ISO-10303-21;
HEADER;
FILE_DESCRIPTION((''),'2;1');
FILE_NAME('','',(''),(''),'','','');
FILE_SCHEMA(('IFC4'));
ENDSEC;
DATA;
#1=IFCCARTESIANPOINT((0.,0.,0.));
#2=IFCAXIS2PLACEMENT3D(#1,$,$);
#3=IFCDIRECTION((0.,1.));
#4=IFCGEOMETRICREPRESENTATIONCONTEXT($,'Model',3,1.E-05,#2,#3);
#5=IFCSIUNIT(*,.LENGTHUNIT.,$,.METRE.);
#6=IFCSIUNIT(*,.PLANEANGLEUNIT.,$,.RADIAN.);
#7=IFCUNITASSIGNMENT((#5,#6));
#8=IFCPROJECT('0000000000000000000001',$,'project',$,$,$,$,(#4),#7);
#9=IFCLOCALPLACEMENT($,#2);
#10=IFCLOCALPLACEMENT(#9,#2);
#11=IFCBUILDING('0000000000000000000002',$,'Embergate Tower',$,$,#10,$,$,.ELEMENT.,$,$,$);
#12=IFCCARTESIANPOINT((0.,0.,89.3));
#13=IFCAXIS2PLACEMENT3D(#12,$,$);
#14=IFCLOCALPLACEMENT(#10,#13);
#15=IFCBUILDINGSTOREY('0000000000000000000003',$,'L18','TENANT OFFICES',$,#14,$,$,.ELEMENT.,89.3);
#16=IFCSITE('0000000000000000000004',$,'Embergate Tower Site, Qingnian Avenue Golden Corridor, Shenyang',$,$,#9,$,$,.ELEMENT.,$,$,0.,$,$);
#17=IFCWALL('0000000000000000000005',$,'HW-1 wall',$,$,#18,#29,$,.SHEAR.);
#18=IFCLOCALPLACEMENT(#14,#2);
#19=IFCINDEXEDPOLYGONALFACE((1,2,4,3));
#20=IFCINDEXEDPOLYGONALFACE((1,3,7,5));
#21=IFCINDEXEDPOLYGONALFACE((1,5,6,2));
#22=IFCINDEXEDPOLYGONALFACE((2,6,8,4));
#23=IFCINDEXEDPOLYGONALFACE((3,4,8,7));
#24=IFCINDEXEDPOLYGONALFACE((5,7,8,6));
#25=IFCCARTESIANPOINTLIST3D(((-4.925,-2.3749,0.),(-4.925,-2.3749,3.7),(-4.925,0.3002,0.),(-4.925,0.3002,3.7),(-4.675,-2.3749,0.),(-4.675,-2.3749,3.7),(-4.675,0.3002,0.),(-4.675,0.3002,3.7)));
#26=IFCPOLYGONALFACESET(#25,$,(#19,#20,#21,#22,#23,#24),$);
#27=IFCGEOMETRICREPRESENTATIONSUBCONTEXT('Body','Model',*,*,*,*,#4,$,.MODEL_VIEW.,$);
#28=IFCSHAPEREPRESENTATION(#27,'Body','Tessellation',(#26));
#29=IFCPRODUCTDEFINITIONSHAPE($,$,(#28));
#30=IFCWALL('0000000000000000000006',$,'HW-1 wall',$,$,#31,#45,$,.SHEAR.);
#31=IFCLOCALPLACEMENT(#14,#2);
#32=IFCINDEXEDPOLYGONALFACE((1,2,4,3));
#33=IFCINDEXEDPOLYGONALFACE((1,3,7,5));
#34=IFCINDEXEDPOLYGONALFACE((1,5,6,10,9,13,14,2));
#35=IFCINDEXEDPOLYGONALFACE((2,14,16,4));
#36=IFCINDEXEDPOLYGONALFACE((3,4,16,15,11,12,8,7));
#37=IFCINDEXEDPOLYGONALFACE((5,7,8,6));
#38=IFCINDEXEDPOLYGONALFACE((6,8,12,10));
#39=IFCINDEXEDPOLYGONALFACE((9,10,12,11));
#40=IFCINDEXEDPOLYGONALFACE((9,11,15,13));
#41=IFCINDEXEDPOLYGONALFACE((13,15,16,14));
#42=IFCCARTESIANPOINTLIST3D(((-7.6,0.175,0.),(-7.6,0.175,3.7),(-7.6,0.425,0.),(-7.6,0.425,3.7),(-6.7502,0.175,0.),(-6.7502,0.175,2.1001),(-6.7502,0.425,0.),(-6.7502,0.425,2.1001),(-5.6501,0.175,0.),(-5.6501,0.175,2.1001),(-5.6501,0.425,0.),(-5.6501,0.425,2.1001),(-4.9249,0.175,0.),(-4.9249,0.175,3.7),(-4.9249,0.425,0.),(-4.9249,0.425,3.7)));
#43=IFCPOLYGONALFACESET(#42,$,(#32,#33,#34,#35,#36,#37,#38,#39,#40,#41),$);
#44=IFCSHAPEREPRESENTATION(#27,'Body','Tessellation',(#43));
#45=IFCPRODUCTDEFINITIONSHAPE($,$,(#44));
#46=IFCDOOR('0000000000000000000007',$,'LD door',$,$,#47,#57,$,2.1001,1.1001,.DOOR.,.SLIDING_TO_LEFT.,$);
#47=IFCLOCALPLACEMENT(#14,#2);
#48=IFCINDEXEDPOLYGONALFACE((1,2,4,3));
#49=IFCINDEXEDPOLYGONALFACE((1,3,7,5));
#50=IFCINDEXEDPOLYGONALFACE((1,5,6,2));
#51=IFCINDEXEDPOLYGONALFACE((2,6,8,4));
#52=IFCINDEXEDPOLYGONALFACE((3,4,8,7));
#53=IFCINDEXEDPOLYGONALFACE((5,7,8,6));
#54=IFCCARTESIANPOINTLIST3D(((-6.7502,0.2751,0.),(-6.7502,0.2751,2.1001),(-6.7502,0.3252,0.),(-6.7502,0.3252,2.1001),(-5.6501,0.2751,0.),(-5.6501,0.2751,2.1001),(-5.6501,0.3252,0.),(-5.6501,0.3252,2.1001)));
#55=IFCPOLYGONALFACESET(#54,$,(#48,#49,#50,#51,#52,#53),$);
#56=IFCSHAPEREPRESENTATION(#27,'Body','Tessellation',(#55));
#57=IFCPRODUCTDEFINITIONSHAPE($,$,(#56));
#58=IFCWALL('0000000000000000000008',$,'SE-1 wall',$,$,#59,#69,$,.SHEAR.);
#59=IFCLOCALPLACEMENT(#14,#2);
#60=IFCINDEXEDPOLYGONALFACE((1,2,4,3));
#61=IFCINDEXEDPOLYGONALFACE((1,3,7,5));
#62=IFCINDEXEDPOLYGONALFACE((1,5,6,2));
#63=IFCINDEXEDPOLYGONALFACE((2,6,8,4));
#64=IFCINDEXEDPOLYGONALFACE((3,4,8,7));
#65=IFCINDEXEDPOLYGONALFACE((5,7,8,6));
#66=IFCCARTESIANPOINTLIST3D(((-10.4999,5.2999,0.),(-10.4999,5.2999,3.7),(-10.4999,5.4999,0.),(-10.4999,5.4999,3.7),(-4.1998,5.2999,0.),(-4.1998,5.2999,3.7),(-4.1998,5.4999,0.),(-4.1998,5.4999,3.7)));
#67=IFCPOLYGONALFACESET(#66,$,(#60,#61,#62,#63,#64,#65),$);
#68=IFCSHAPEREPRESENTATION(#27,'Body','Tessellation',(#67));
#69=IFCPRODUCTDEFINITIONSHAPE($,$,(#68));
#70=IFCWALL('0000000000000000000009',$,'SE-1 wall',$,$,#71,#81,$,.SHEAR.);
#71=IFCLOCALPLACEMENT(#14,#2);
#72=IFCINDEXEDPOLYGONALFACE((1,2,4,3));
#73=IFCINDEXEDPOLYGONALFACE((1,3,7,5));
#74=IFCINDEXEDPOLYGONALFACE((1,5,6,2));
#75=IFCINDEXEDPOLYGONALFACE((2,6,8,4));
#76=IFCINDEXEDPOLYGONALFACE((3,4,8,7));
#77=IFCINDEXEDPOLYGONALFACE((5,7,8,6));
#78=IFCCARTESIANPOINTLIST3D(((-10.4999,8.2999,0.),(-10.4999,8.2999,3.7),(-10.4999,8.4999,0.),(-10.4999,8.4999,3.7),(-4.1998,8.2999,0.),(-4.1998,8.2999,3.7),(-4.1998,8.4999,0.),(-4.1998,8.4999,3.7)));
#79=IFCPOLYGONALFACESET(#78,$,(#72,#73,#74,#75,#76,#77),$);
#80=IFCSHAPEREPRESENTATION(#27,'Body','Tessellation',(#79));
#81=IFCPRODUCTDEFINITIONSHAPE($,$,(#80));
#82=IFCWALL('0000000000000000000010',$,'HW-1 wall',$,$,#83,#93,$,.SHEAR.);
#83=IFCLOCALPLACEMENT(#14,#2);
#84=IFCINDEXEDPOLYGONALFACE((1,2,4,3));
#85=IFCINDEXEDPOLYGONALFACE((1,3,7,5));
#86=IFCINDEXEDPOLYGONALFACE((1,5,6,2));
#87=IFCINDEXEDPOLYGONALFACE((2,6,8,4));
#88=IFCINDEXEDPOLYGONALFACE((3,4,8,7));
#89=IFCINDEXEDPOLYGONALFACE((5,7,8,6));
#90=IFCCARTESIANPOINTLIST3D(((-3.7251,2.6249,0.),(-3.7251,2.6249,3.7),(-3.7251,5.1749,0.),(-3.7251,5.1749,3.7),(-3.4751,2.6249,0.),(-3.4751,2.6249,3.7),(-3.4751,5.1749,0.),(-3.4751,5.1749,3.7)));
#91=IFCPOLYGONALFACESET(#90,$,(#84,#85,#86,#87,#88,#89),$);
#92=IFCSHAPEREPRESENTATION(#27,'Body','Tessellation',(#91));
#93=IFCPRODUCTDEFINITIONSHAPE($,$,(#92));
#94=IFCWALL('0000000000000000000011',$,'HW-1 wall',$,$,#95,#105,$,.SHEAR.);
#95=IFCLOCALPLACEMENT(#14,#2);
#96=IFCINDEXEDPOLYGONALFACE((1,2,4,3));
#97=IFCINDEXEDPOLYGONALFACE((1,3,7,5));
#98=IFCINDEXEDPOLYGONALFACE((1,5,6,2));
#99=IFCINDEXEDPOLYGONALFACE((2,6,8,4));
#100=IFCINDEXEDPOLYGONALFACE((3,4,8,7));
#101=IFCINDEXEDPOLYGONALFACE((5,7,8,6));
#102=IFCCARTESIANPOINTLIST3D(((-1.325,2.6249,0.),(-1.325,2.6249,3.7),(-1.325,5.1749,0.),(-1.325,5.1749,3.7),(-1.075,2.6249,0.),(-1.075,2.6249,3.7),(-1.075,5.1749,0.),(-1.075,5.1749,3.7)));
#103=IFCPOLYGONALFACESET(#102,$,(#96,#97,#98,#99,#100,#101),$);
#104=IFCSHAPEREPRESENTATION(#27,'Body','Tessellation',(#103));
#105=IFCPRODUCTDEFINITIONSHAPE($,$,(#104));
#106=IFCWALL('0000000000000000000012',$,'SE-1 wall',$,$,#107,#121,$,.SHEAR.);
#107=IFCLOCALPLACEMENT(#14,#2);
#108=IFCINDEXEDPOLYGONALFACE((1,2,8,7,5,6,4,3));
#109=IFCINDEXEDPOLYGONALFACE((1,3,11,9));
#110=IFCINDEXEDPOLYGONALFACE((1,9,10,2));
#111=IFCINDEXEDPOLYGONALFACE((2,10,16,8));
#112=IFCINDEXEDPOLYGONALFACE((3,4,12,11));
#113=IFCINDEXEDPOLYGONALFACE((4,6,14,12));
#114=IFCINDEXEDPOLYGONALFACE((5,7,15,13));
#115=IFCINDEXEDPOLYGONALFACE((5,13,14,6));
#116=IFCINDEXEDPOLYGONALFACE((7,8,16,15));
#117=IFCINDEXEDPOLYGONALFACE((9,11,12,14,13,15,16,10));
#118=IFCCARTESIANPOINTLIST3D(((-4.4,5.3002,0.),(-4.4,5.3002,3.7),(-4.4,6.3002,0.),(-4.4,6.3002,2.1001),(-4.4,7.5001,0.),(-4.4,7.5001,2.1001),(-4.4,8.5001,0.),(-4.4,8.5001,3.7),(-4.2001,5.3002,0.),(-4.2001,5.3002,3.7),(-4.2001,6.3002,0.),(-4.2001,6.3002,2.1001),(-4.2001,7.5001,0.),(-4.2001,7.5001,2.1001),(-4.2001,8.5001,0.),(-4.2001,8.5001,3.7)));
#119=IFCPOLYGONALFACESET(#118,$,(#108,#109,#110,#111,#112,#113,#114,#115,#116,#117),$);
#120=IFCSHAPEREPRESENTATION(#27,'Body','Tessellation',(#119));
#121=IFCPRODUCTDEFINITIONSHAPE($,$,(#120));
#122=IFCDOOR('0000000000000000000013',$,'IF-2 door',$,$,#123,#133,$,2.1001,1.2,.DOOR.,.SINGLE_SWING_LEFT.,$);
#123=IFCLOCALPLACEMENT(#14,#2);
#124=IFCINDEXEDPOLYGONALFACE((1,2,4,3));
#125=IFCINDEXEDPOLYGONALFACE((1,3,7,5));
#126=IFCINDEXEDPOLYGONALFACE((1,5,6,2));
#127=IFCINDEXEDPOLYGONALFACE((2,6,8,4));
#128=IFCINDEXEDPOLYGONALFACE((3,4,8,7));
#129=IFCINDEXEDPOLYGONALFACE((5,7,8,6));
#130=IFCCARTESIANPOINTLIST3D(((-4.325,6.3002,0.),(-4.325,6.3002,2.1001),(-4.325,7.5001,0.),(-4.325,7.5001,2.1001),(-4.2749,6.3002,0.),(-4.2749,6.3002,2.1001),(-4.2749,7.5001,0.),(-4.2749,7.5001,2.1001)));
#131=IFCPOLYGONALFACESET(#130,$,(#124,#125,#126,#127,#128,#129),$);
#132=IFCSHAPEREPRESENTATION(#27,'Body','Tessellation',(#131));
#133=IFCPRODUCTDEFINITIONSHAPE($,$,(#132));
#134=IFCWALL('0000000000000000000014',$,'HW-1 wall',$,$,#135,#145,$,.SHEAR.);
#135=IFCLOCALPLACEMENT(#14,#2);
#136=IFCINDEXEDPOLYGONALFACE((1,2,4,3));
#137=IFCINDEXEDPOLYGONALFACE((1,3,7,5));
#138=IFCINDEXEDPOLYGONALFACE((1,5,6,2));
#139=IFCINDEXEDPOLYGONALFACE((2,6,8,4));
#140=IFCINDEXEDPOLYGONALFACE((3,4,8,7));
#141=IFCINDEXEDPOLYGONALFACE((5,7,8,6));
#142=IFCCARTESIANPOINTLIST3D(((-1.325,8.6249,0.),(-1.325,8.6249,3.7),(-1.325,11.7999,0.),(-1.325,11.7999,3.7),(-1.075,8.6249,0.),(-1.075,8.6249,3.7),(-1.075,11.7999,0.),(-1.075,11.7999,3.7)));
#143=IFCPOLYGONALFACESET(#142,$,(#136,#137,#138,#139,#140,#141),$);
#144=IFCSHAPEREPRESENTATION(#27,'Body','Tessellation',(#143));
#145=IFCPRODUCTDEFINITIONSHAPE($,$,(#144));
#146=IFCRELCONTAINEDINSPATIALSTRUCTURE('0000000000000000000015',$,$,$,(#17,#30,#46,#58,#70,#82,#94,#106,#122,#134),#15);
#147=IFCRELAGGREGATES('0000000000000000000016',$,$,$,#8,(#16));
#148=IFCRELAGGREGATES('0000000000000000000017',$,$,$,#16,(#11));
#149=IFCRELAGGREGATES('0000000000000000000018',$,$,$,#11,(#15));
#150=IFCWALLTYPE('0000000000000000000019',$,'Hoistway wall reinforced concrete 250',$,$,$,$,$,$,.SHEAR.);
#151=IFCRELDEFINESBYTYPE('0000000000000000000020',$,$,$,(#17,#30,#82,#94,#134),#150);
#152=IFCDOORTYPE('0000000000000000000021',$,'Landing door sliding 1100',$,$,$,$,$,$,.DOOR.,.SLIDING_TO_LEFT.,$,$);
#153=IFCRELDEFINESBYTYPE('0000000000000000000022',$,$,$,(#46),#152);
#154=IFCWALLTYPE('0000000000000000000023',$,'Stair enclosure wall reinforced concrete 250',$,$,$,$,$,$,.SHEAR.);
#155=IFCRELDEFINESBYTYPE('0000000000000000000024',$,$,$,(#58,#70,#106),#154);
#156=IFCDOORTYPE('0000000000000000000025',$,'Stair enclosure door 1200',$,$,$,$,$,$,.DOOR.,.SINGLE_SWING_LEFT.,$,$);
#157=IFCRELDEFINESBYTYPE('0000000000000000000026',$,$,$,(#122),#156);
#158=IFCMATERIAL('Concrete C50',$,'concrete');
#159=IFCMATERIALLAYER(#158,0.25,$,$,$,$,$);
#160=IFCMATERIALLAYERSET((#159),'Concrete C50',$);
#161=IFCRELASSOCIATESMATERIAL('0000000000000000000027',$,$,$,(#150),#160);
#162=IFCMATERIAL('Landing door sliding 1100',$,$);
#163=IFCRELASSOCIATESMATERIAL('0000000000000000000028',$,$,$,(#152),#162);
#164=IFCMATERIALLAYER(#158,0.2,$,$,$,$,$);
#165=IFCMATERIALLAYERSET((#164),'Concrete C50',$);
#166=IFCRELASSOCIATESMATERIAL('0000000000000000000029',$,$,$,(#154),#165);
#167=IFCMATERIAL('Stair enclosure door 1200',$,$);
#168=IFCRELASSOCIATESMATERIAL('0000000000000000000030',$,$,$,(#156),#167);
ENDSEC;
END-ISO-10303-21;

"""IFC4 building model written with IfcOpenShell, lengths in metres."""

from ifc_helpers import new_model, si_unit, direction, frame, frame_2d, origin, place, context, subcontext, project, spatial, rectangle, extrude, source, transform, mapped, material, layer, layer_set, type_object, element, fill, save


model = new_model("IFC4")

# Units and contexts
model_context = context("Model", 3, precision=1e-05, world=origin(), true_north=direction((0.0, 1.0)))
body_context = subcontext(model_context, "Body", "Model", "MODEL_VIEW")
ifc_project = project(units=[si_unit("LENGTHUNIT", "METRE"), si_unit("PLANEANGLEUNIT", "RADIAN")], contexts=[model_context])

# Site, building, storey
site_placement = place(None, origin())
site = spatial("IfcSite", under=ifc_project, at=site_placement, Name="Embergate Tower Site, Qingnian Avenue Golden Corridor, Shenyang", CompositionType="ELEMENT", RefElevation=0.0)
building_placement = place(site_placement, origin())
building = spatial("IfcBuilding", under=site, at=building_placement, Name="Embergate Tower", CompositionType="ELEMENT")
storey_placement = place(building_placement, frame((0.0, 0.0, 89.3)))
storey = spatial("IfcBuildingStorey", under=building, at=storey_placement, Name="L18", Description="TENANT OFFICES", CompositionType="ELEMENT", Elevation=89.3)

# Wall
ifc_material_1 = material(Name="Concrete C50", Category="concrete")
ifc_layer_1 = layer(ifc_material_1, 0.25)
ifc_layer_set_1 = layer_set([ifc_layer_1], Name="Concrete C50")
wall_type_1 = type_object("IfcWallType", Name="Hoistway wall reinforced concrete 250", PredefinedType="SHEAR", material=ifc_layer_set_1)
shared_shape_1 = source(origin(), body_context, "Body", "SweptSolid", [
    extrude(rectangle(XDim=2.675, YDim=0.25, at=frame_2d((1.3374, 0.0))), origin(), (0.0, 0.0, 1.0), 3.7),
])
wall_1_placement = place(storey_placement, frame((-4.8, 0.3, 0.0), z_axis=(0.0, 0.0, 1.0), x_axis=(0.0, -1.0, 0.0)))
element("IfcWall", 1, at=wall_1_placement, inside=storey, type_object=wall_type_1, Name="HW-1 wall", PredefinedType="SHEAR", context=body_context, shape_type="MappedRepresentation", body=[
    mapped(shared_shape_1, transform((0.0, 0.0, 0.0))),
])

# Wall, opening, door
wall_2_placement = place(storey_placement, frame((-4.925, 0.3, 0.0), z_axis=(0.0, 0.0, 1.0), x_axis=(-1.0, 0.0, 0.0)))
wall_2 = element("IfcWall", 2, at=wall_2_placement, inside=storey, type_object=wall_type_1, Name="HW-1 wall", PredefinedType="SHEAR", context=body_context, shape_type="MappedRepresentation", body=[
    mapped(shared_shape_1, transform((0.0, 0.0, 0.0))),
])
shared_shape_2 = source(origin(), body_context, "Body", "SweptSolid", [
    extrude(rectangle(XDim=1.1001, YDim=2.1001, at=frame_2d((0.55, 1.05))), frame((0.0, 0.135, 0.0), z_axis=(0.0, -1.0, 0.0), x_axis=(1.0, 0.0, 0.0)), (0.0, 0.0, 1.0), 0.27),
])
opening_1_placement = place(wall_2_placement, frame((0.7251, 0.0, 0.0)))
opening_1 = element("IfcOpeningElement", 3, at=opening_1_placement, cuts=wall_2, PredefinedType="OPENING", context=body_context, shape_type="MappedRepresentation", body=[
    mapped(shared_shape_2, transform((0.0, 0.0, 0.0))),
])
ifc_material_2 = material(Name="Landing door sliding 1100")
door_type_1 = type_object("IfcDoorType", Name="Landing door sliding 1100", OperationType="SLIDING_TO_LEFT", PredefinedType="DOOR", material=ifc_material_2)
shared_shape_3 = source(origin(), body_context, "Body", "SweptSolid", [
    extrude(rectangle(XDim=1.1001, YDim=2.1001, at=frame_2d((0.55, 1.05))), frame((0.0, 0.0249, 0.0), z_axis=(0.0, -1.0, 0.0), x_axis=(1.0, 0.0, 0.0)), (0.0, 0.0, 1.0), 0.05),
])
door_1_placement = place(opening_1_placement, origin())
door_1 = element("IfcDoor", 4, at=door_1_placement, inside=storey, type_object=door_type_1, Name="LD door", OperationType="SLIDING_TO_LEFT", OverallHeight=2.1001, OverallWidth=1.1001, PredefinedType="DOOR", context=body_context, shape_type="MappedRepresentation", body=[
    mapped(shared_shape_3, transform((0.0, 0.0, 0.0))),
])
fill(opening_1, door_1)

# Walls
ifc_layer_2 = layer(ifc_material_1, 0.2)
ifc_layer_set_2 = layer_set([ifc_layer_2], Name="Concrete C50")
wall_type_2 = type_object("IfcWallType", Name="Stair enclosure wall reinforced concrete 250", PredefinedType="SHEAR", material=ifc_layer_set_2)
shared_shape_4 = source(origin(), body_context, "Body", "SweptSolid", [
    extrude(rectangle(XDim=6.3, YDim=0.2, at=frame_2d((3.1499, 0.0))), origin(), (0.0, 0.0, 1.0), 3.7),
])
for number, where, z_axis, x_axis, name in (
    (5, (-4.2, 5.3999, 0.0), (0.0, 0.0, 1.0), (-1.0, 0.0, 0.0), "SE-1 wall"),
    (6, (-4.2, 8.3999, 0.0), (0.0, 0.0, 1.0), (-1.0, 0.0, 0.0), "SE-1 wall"),
):
    element("IfcWall", number, at=place(storey_placement, frame(where, z_axis=z_axis, x_axis=x_axis)), inside=storey, type_object=wall_type_2, Name=name, PredefinedType="SHEAR", context=body_context, shape_type="MappedRepresentation", body=[
        mapped(shared_shape_4, transform((0.0, 0.0, 0.0))),
    ])
shared_shape_5 = source(origin(), body_context, "Body", "SweptSolid", [
    extrude(rectangle(XDim=2.55, YDim=0.25, at=frame_2d((1.2749, 0.0))), origin(), (0.0, 0.0, 1.0), 3.7),
])
for number, where, z_axis, x_axis, name in (
    (7, (-3.6001, 2.625, 0.0), (0.0, 0.0, 1.0), (0.0, 1.0, 0.0), "HW-1 wall"),
    (8, (-1.2, 2.625, 0.0), (0.0, 0.0, 1.0), (0.0, 1.0, 0.0), "HW-1 wall"),
):
    element("IfcWall", number, at=place(storey_placement, frame(where, z_axis=z_axis, x_axis=x_axis)), inside=storey, type_object=wall_type_1, Name=name, PredefinedType="SHEAR", context=body_context, shape_type="MappedRepresentation", body=[
        mapped(shared_shape_5, transform((0.0, 0.0, 0.0))),
    ])

# Wall, opening, door
shared_shape_6 = source(origin(), body_context, "Body", "SweptSolid", [
    extrude(rectangle(XDim=3.2, YDim=0.2, at=frame_2d((1.6001, 0.0))), origin(), (0.0, 0.0, 1.0), 3.7),
])
wall_3_placement = place(storey_placement, frame((-4.3, 5.3, 0.0), z_axis=(0.0, 0.0, 1.0), x_axis=(0.0, 1.0, 0.0)))
wall_3 = element("IfcWall", 9, at=wall_3_placement, inside=storey, type_object=wall_type_2, Name="SE-1 wall", PredefinedType="SHEAR", context=body_context, shape_type="MappedRepresentation", body=[
    mapped(shared_shape_6, transform((0.0, 0.0, 0.0))),
])
shared_shape_7 = source(origin(), body_context, "Body", "SweptSolid", [
    extrude(rectangle(XDim=1.2, YDim=2.1001, at=frame_2d((0.6001, 1.05))), frame((0.0, 0.1099, 0.0), z_axis=(0.0, -1.0, 0.0), x_axis=(1.0, 0.0, 0.0)), (0.0, 0.0, 1.0), 0.22),
])
opening_2_placement = place(wall_3_placement, frame((1.0, 0.0, 0.0)))
opening_2 = element("IfcOpeningElement", 10, at=opening_2_placement, cuts=wall_3, PredefinedType="OPENING", context=body_context, shape_type="MappedRepresentation", body=[
    mapped(shared_shape_7, transform((0.0, 0.0, 0.0))),
])
ifc_material_3 = material(Name="Stair enclosure door 1200")
door_type_2 = type_object("IfcDoorType", Name="Stair enclosure door 1200", OperationType="SINGLE_SWING_LEFT", PredefinedType="DOOR", material=ifc_material_3)
shared_shape_8 = source(origin(), body_context, "Body", "SweptSolid", [
    extrude(rectangle(XDim=1.2, YDim=2.1001, at=frame_2d((0.6001, 1.05))), frame((0.0, 0.0249, 0.0), z_axis=(0.0, -1.0, 0.0), x_axis=(1.0, 0.0, 0.0)), (0.0, 0.0, 1.0), 0.05),
])
door_2_placement = place(opening_2_placement, origin())
door_2 = element("IfcDoor", 11, at=door_2_placement, inside=storey, type_object=door_type_2, Name="IF-2 door", OperationType="SINGLE_SWING_LEFT", OverallHeight=2.1001, OverallWidth=1.2, PredefinedType="DOOR", context=body_context, shape_type="MappedRepresentation", body=[
    mapped(shared_shape_8, transform((0.0, 0.0, 0.0))),
])
fill(opening_2, door_2)

# Wall
shared_shape_9 = source(origin(), body_context, "Body", "SweptSolid", [
    extrude(rectangle(XDim=3.175, YDim=0.25, at=frame_2d((1.5874, 0.0))), origin(), (0.0, 0.0, 1.0), 3.7),
])
wall_4_placement = place(storey_placement, frame((-1.2, 8.625, 0.0), z_axis=(0.0, 0.0, 1.0), x_axis=(0.0, 1.0, 0.0)))
element("IfcWall", 12, at=wall_4_placement, inside=storey, type_object=wall_type_1, Name="HW-1 wall", PredefinedType="SHEAR", context=body_context, shape_type="MappedRepresentation", body=[
    mapped(shared_shape_9, transform((0.0, 0.0, 0.0))),
])

save(model, "model.ifc")
